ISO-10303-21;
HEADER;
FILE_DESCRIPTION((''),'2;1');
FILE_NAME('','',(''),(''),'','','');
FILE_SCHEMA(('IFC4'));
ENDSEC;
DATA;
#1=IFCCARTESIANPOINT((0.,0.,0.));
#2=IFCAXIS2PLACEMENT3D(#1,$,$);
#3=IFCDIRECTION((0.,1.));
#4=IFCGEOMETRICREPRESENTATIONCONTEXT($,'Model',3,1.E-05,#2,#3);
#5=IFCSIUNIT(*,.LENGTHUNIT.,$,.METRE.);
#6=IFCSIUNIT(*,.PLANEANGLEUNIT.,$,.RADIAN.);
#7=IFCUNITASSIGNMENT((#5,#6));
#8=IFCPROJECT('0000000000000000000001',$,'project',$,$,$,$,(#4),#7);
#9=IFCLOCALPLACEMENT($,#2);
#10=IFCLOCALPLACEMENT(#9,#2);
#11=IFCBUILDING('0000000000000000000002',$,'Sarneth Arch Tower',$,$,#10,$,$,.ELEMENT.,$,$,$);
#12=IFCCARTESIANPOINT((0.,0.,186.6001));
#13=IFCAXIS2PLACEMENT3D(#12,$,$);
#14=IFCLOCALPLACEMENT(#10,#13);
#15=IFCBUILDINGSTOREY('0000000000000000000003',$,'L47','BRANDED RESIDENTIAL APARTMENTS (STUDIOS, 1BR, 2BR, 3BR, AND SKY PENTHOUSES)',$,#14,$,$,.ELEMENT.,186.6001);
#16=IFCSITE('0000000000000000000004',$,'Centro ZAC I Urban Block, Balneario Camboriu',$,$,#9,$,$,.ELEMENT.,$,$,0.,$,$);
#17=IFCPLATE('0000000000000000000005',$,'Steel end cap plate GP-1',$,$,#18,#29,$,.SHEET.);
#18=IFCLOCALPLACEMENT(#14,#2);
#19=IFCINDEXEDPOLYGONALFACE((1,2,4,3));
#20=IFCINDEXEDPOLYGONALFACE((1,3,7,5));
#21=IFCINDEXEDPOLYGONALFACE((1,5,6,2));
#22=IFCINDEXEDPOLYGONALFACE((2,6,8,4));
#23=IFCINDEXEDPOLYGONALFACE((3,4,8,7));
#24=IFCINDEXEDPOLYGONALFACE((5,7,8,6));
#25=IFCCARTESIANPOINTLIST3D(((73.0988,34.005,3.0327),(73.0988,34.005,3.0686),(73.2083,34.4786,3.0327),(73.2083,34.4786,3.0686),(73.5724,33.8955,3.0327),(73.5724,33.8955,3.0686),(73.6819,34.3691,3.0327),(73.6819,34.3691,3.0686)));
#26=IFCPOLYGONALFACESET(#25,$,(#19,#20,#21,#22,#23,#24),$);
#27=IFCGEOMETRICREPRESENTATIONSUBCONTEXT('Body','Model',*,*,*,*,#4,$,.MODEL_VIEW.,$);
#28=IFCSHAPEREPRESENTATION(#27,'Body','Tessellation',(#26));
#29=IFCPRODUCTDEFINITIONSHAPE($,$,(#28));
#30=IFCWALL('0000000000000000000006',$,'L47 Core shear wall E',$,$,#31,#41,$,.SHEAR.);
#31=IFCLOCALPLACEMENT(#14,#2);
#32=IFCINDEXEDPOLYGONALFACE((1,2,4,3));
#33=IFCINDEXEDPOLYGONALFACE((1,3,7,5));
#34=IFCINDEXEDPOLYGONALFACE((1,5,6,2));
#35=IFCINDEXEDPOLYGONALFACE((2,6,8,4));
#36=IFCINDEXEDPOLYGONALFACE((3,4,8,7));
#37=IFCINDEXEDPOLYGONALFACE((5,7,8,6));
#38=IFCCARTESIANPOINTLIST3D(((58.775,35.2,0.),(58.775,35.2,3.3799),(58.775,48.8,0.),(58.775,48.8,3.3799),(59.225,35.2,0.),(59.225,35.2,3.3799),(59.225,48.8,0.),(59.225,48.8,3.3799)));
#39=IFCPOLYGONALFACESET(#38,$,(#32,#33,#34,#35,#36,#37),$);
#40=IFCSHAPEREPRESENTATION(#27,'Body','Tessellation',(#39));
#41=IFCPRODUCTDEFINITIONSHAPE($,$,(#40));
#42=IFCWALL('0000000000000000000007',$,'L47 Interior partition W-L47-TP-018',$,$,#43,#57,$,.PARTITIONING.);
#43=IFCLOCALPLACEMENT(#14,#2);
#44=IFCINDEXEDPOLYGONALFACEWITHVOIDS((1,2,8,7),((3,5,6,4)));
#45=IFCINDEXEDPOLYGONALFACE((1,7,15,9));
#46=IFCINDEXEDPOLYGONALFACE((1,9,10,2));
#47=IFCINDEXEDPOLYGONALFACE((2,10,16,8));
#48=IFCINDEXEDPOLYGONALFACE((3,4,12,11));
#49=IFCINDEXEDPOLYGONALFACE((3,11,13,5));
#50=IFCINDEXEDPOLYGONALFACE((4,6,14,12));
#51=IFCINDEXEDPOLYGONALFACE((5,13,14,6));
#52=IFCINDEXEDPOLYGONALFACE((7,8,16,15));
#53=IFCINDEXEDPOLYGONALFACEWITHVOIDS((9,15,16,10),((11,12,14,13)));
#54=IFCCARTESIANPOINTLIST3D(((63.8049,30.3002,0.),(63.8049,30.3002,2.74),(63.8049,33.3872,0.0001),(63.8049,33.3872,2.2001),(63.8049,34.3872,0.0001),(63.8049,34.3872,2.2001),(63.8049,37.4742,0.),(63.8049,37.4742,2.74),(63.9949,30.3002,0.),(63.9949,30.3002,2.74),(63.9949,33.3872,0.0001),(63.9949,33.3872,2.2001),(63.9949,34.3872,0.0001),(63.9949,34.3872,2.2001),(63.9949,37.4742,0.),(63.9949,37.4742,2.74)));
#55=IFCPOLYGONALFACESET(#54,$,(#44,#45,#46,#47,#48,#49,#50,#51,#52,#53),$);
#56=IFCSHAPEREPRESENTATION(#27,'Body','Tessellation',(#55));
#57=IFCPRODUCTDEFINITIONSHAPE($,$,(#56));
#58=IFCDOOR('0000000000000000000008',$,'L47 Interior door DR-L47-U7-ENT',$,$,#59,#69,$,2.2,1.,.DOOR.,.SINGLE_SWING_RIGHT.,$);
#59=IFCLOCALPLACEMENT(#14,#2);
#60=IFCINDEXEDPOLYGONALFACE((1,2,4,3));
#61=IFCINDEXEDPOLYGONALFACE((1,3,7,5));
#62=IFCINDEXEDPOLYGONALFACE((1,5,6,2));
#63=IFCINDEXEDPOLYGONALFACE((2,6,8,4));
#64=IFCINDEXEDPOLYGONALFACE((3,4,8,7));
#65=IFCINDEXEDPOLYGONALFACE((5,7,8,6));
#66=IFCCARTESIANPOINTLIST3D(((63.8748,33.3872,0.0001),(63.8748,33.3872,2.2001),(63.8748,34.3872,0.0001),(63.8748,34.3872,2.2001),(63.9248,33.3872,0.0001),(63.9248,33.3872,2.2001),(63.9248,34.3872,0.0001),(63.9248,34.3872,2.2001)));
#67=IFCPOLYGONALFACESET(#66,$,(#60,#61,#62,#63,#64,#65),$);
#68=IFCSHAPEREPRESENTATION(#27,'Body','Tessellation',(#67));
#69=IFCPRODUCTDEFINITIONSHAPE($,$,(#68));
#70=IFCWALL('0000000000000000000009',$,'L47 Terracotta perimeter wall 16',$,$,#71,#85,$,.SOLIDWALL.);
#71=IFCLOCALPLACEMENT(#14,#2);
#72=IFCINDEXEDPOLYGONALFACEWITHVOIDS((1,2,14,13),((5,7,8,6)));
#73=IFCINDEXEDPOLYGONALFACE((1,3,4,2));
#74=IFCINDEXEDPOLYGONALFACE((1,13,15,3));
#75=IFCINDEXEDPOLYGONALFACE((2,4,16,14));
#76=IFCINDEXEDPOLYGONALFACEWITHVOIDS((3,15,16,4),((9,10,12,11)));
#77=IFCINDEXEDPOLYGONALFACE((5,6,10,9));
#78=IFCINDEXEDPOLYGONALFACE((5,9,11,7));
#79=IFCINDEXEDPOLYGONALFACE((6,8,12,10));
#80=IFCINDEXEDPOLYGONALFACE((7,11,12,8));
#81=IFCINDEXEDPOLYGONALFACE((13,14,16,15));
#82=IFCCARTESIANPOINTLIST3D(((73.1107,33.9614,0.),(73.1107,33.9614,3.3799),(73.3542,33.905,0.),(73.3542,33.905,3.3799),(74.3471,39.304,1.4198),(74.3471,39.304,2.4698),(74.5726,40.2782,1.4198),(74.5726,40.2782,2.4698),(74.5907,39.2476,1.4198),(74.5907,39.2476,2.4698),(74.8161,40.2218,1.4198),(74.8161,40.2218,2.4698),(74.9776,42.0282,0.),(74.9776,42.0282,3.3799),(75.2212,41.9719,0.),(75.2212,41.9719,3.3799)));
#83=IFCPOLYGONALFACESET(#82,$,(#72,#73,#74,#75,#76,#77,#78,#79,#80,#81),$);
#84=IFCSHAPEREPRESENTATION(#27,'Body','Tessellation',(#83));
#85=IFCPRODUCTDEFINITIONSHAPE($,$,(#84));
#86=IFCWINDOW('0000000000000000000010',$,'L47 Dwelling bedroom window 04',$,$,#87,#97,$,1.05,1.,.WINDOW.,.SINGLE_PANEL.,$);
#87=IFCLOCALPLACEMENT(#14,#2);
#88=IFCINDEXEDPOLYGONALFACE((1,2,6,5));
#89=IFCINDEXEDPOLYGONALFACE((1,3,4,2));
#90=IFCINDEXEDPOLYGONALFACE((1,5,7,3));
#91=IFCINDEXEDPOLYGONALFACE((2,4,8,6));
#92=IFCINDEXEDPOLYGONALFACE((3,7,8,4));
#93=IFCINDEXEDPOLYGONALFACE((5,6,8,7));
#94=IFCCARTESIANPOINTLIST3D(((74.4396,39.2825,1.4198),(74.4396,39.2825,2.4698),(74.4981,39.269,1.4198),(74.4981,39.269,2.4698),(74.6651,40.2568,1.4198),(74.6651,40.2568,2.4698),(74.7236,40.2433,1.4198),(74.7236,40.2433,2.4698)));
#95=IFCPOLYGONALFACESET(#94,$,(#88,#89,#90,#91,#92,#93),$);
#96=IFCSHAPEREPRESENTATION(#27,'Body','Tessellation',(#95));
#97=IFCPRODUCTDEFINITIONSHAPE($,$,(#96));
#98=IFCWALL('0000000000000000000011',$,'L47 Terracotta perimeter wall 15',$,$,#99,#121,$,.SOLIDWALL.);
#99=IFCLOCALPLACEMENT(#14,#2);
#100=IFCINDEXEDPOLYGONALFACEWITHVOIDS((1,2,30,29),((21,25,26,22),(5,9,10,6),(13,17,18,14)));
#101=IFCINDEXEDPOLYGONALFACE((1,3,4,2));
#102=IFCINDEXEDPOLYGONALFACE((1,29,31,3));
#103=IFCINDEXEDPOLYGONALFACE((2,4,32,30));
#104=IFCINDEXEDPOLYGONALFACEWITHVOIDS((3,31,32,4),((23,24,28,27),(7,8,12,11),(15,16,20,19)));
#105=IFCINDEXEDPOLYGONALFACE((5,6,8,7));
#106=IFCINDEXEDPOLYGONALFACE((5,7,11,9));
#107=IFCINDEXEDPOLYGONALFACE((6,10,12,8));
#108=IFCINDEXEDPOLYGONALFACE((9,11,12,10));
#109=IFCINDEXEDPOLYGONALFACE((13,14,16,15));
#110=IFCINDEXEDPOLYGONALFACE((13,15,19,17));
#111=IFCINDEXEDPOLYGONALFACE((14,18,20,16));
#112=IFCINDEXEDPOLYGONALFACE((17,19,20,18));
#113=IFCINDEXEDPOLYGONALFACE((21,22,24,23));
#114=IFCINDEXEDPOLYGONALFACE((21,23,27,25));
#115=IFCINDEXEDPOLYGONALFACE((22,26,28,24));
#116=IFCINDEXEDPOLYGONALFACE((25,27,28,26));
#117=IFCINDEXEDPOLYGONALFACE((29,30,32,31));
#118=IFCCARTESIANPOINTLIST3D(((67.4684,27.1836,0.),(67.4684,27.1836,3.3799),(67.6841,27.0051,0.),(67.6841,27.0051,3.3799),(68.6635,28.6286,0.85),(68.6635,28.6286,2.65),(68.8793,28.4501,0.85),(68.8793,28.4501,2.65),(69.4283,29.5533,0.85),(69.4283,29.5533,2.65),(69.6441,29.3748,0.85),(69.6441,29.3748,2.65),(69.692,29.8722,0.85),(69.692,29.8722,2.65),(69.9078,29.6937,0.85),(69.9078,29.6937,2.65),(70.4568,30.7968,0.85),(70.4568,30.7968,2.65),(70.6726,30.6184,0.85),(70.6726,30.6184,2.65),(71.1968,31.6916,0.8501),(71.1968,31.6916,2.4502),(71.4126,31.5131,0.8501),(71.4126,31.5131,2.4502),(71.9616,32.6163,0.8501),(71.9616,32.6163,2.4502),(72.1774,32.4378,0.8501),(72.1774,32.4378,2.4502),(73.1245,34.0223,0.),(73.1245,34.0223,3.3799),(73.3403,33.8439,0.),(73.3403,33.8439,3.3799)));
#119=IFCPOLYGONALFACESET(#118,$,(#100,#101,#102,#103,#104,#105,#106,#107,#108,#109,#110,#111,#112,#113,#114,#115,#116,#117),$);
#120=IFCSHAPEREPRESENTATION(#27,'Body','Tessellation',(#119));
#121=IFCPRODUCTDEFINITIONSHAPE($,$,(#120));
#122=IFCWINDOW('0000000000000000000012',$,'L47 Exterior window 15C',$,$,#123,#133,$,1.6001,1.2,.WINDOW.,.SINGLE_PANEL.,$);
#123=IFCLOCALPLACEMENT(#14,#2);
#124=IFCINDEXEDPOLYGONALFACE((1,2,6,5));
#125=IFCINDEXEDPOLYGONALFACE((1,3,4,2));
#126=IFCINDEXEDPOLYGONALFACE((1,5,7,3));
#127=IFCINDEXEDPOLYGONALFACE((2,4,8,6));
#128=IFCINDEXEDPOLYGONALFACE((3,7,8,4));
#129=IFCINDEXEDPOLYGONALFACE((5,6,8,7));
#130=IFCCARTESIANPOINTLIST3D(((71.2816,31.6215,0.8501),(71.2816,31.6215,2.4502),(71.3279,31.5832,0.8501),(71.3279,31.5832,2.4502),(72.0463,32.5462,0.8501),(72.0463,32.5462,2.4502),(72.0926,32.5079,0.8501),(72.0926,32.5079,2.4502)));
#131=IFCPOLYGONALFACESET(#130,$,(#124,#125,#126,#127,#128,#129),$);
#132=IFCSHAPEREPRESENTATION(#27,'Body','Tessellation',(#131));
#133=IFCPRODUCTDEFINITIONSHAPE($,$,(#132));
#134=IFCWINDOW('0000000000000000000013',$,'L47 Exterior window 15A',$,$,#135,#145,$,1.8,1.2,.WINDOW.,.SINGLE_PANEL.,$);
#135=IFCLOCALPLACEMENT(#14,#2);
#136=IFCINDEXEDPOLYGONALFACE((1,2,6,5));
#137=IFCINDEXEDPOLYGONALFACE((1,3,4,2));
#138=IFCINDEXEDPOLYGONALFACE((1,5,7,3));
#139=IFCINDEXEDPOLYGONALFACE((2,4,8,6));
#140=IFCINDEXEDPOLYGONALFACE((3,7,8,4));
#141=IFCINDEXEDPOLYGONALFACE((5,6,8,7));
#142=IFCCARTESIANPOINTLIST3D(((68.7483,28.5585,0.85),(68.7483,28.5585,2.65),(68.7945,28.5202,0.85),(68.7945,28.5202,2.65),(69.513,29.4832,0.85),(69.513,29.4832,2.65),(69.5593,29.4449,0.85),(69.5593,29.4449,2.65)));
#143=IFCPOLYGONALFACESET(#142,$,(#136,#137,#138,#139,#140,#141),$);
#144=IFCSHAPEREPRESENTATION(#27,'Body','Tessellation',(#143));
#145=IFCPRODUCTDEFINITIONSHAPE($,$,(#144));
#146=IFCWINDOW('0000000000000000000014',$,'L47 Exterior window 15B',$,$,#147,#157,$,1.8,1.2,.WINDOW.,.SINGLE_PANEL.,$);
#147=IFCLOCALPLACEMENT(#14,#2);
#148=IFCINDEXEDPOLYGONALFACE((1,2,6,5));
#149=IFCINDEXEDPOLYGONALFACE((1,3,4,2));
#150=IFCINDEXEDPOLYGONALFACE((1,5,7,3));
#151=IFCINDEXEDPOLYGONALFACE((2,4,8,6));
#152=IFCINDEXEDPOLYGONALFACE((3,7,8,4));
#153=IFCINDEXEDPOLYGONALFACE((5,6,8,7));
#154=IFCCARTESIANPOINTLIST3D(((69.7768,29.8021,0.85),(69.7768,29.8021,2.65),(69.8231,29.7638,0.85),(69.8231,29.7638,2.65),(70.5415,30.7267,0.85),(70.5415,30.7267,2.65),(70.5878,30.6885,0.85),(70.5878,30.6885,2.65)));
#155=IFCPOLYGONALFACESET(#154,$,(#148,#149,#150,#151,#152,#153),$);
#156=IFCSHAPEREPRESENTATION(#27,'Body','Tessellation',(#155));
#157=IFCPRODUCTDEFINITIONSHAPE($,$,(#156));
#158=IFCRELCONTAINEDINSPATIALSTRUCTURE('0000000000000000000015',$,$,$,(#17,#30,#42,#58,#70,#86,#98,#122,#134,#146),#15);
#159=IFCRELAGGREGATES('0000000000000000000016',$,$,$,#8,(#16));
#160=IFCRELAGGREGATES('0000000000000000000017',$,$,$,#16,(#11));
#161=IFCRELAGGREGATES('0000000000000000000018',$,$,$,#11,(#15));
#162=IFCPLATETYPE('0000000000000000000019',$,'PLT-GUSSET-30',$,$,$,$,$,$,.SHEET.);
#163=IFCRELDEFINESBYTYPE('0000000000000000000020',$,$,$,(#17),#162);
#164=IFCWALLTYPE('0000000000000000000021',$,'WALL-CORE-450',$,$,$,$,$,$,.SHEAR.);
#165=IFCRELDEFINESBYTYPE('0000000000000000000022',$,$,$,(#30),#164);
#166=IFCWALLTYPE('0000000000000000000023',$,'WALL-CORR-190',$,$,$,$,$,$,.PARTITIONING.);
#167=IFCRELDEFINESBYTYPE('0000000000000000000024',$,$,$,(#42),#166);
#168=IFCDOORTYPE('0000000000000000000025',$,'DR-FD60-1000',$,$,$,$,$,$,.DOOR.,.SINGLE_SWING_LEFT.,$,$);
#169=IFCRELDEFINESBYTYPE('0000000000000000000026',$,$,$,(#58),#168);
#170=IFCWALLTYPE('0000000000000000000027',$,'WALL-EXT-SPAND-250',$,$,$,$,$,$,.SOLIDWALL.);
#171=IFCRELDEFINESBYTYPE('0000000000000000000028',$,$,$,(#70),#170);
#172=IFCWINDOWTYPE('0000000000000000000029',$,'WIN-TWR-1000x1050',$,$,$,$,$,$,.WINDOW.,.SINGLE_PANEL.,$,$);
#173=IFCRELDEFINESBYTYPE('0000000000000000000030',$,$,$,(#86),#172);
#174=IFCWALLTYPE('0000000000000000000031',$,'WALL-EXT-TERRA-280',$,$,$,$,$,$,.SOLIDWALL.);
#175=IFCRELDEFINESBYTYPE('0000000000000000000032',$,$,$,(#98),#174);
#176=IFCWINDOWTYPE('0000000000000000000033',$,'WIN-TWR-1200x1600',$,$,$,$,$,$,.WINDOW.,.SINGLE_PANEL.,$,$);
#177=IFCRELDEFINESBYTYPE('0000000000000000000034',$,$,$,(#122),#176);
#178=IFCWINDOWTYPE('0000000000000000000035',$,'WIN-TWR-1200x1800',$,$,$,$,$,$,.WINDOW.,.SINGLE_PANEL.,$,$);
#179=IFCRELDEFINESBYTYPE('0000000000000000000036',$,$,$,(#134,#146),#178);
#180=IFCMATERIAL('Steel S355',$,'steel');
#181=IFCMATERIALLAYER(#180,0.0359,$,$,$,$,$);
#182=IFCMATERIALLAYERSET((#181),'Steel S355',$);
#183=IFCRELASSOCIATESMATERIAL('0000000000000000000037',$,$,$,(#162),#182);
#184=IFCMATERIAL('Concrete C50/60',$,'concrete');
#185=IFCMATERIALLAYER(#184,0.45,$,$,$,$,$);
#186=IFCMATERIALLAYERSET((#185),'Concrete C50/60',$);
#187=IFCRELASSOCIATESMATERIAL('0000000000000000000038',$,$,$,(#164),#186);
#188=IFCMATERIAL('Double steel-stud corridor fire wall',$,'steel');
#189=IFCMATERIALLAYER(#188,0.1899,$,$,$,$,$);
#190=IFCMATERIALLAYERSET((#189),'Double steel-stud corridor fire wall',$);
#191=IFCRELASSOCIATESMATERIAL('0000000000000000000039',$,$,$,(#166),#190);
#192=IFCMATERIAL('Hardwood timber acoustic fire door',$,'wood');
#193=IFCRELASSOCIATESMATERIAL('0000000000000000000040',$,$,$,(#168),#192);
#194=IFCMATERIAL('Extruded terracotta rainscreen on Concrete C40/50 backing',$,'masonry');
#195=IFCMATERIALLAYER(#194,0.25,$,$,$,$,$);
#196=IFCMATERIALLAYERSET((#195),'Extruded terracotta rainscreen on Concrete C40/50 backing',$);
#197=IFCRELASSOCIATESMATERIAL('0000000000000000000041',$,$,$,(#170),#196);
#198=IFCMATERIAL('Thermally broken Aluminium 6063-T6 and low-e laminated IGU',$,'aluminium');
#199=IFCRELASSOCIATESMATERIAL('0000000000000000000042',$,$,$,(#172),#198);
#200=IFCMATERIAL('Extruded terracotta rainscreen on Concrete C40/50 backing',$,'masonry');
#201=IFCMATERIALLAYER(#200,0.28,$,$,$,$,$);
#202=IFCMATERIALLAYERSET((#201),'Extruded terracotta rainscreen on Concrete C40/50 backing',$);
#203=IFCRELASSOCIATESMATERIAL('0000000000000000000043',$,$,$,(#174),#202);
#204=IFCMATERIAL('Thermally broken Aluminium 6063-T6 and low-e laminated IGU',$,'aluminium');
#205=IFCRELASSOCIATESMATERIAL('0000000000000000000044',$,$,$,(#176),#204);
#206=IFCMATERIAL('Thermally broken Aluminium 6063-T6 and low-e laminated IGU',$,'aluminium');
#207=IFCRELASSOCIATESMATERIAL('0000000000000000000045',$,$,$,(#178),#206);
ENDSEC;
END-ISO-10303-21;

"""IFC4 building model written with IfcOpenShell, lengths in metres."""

from ifc_helpers import new_model, si_unit, direction, frame, frame_2d, origin, origin_2d, place, context, subcontext, project, spatial, rectangle, extrude, material, layer, layer_set, type_object, element, fill, save


model = new_model("IFC4")

# Units and contexts
model_context = context("Model", 3, precision=1e-05, world=origin(), true_north=direction((0.0, 1.0)))
body_context = subcontext(model_context, "Body", "Model", "MODEL_VIEW")
ifc_project = project(units=[si_unit("LENGTHUNIT", "METRE"), si_unit("PLANEANGLEUNIT", "RADIAN")], contexts=[model_context])

# Site, building, storey
site_placement = place(None, origin())
site = spatial("IfcSite", under=ifc_project, at=site_placement, Name="Centro ZAC I Urban Block, Balneario Camboriu", CompositionType="ELEMENT", RefElevation=0.0)
building_placement = place(site_placement, origin())
building = spatial("IfcBuilding", under=site, at=building_placement, Name="Sarneth Arch Tower", CompositionType="ELEMENT")
storey_placement = place(building_placement, frame((0.0, 0.0, 186.6001)))
storey = spatial("IfcBuildingStorey", under=building, at=storey_placement, Name="L47", Description="BRANDED RESIDENTIAL APARTMENTS (STUDIOS, 1BR, 2BR, 3BR, AND SKY PENTHOUSES)", CompositionType="ELEMENT", Elevation=186.6001)

# Plate
ifc_material_1 = material(Name="Steel S355", Category="steel")
ifc_layer_1 = layer(ifc_material_1, 0.0359)
ifc_layer_set_1 = layer_set([ifc_layer_1], Name="Steel S355")
plate_type = type_object("IfcPlateType", Name="PLT-GUSSET-30", PredefinedType="SHEET", material=ifc_layer_set_1)
plate_placement = place(storey_placement, frame((73.3904, 34.187, 3.0327), z_axis=(0.0, 0.0, 1.0), x_axis=(0.225291, 0.974291, 0.0)))
element("IfcPlate", 1, at=plate_placement, inside=storey, type_object=plate_type, Name="Steel end cap plate GP-1", PredefinedType="SHEET", context=body_context, shape_type="SweptSolid", body=[
    extrude(rectangle(XDim=0.4861, YDim=0.4861, at=origin_2d()), origin(), (0.0, 0.0, 1.0), 0.0359),
])

# Wall
ifc_material_2 = material(Name="Concrete C50/60", Category="concrete")
ifc_layer_2 = layer(ifc_material_2, 0.45)
ifc_layer_set_2 = layer_set([ifc_layer_2], Name="Concrete C50/60")
wall_type_1 = type_object("IfcWallType", Name="WALL-CORE-450", PredefinedType="SHEAR", material=ifc_layer_set_2)
wall_1_placement = place(storey_placement, frame((59.0, 35.2, 0.0), z_axis=(0.0, 0.0, 1.0), x_axis=(0.0, 1.0, 0.0)))
element("IfcWall", 2, at=wall_1_placement, inside=storey, type_object=wall_type_1, Name="L47 Core shear wall E", PredefinedType="SHEAR", context=body_context, shape_type="SweptSolid", body=[
    extrude(rectangle(XDim=13.6001, YDim=0.45, at=frame_2d((6.8, 0.0))), origin(), (0.0, 0.0, 1.0), 3.3799),
])

# Wall, opening, door
ifc_material_3 = material(Name="Double steel-stud corridor fire wall", Category="steel")
ifc_layer_3 = layer(ifc_material_3, 0.1899)
ifc_layer_set_3 = layer_set([ifc_layer_3], Name="Double steel-stud corridor fire wall")
wall_type_2 = type_object("IfcWallType", Name="WALL-CORR-190", PredefinedType="PARTITIONING", material=ifc_layer_set_3)
wall_2_placement = place(storey_placement, frame((63.8999, 37.4741, 0.0), z_axis=(0.0, 0.0, 1.0), x_axis=(0.0, -1.0, 0.0)))
wall_2 = element("IfcWall", 3, at=wall_2_placement, inside=storey, type_object=wall_type_2, Name="L47 Interior partition W-L47-TP-018", PredefinedType="PARTITIONING", context=body_context, shape_type="SweptSolid", body=[
    extrude(rectangle(XDim=7.1741, YDim=0.1899, at=frame_2d((3.5869, 0.0))), origin(), (0.0, 0.0, 1.0), 2.74),
])
opening_1_placement = place(wall_2_placement, frame((3.0869, 0.0, 0.0)))
opening_1 = element("IfcOpeningElement", 4, at=opening_1_placement, cuts=wall_2, PredefinedType="OPENING", context=body_context, shape_type="SweptSolid", body=[
    extrude(rectangle(XDim=1.0, YDim=2.2, at=frame_2d((0.5, 1.1001))), frame((0.0, 0.105, 0.0), z_axis=(0.0, -1.0, 0.0), x_axis=(1.0, 0.0, 0.0)), (0.0, 0.0, 1.0), 0.21),
])
ifc_material_4 = material(Name="Hardwood timber acoustic fire door", Category="wood")
door_type_1 = type_object("IfcDoorType", Name="DR-FD60-1000", OperationType="SINGLE_SWING_LEFT", PredefinedType="DOOR", material=ifc_material_4)
door_1_placement = place(opening_1_placement, origin())
door_1 = element("IfcDoor", 5, at=door_1_placement, inside=storey, type_object=door_type_1, Name="L47 Interior door DR-L47-U7-ENT", OperationType="SINGLE_SWING_RIGHT", OverallHeight=2.2, OverallWidth=1.0, PredefinedType="DOOR", context=body_context, shape_type="SweptSolid", body=[
    extrude(rectangle(XDim=1.0, YDim=2.2, at=frame_2d((0.5, 1.1001))), frame((0.0, 0.0249, 0.0), z_axis=(0.0, -1.0, 0.0), x_axis=(1.0, 0.0, 0.0)), (0.0, 0.0, 1.0), 0.05),
])
fill(opening_1, door_1)

# Wall, opening, window
ifc_material_5 = material(Name="Extruded terracotta rainscreen on Concrete C40/50 backing", Category="masonry")
ifc_layer_4 = layer(ifc_material_5, 0.25)
ifc_layer_set_4 = layer_set([ifc_layer_4], Name="Extruded terracotta rainscreen on Concrete C40/50 backing")
wall_type_3 = type_object("IfcWallType", Name="WALL-EXT-SPAND-250", PredefinedType="SOLIDWALL", material=ifc_layer_set_4)
wall_3_placement = place(storey_placement, frame((73.2324, 33.9331, 0.0), z_axis=(0.0, 0.0, 1.0), x_axis=(0.225473, 0.974249, 0.0)))
wall_3 = element("IfcWall", 6, at=wall_3_placement, inside=storey, type_object=wall_type_3, Name="L47 Terracotta perimeter wall 16", PredefinedType="SOLIDWALL", context=body_context, shape_type="SweptSolid", body=[
    extrude(rectangle(XDim=8.28, YDim=0.25, at=frame_2d((4.1401, 0.0))), origin(), (0.0, 0.0, 1.0), 3.3799),
])
opening_2_placement = place(wall_3_placement, frame((5.4839, 0.0, 1.4199)))
opening_2 = element("IfcOpeningElement", 7, at=opening_2_placement, cuts=wall_3, PredefinedType="OPENING", context=body_context, shape_type="SweptSolid", body=[
    extrude(rectangle(XDim=1.0, YDim=1.05, at=frame_2d((0.5, 0.5249))), frame((0.0, 0.135, 0.0), z_axis=(0.0, -1.0, 0.0), x_axis=(1.0, 0.0, 0.0)), (0.0, 0.0, 1.0), 0.27),
])
ifc_material_6 = material(Name="Thermally broken Aluminium 6063-T6 and low-e laminated IGU", Category="aluminium")
window_type_1 = type_object("IfcWindowType", Name="WIN-TWR-1000x1050", PartitioningType="SINGLE_PANEL", PredefinedType="WINDOW", material=ifc_material_6)
window_1_placement = place(opening_2_placement, origin())
window_1 = element("IfcWindow", 8, at=window_1_placement, inside=storey, type_object=window_type_1, Name="L47 Dwelling bedroom window 04", OverallHeight=1.05, OverallWidth=1.0, PartitioningType="SINGLE_PANEL", PredefinedType="WINDOW", context=body_context, shape_type="SweptSolid", body=[
    extrude(rectangle(XDim=1.0, YDim=1.05, at=frame_2d((0.5, 0.5249))), frame((0.0, 0.03, 0.0), z_axis=(0.0, -1.0, 0.0), x_axis=(1.0, 0.0, 0.0)), (0.0, 0.0, 1.0), 0.0601),
])
fill(opening_2, window_1)

# Wall, openings, windows
ifc_material_7 = material(Name="Extruded terracotta rainscreen on Concrete C40/50 backing", Category="masonry")
ifc_layer_5 = layer(ifc_material_7, 0.28)
ifc_layer_set_5 = layer_set([ifc_layer_5], Name="Extruded terracotta rainscreen on Concrete C40/50 backing")
wall_type_4 = type_object("IfcWallType", Name="WALL-EXT-TERRA-280", PredefinedType="SOLIDWALL", material=ifc_layer_set_5)
wall_4_placement = place(storey_placement, frame((67.5762, 27.0942, 0.0), z_axis=(0.0, 0.0, 1.0), x_axis=(0.637333, 0.770588, 0.0)))
wall_4 = element("IfcWall", 9, at=wall_4_placement, inside=storey, type_object=wall_type_4, Name="L47 Terracotta perimeter wall 15", PredefinedType="SOLIDWALL", context=body_context, shape_type="SweptSolid", body=[
    extrude(rectangle(XDim=8.8748, YDim=0.28, at=frame_2d((4.4375, 0.0))), origin(), (0.0, 0.0, 1.0), 3.3799),
])
opening_3_placement = place(wall_4_placement, frame((1.8752, 0.0, 0.8501)))
opening_3 = element("IfcOpeningElement", 10, at=opening_3_placement, cuts=wall_4, PredefinedType="OPENING", context=body_context, shape_type="SweptSolid", body=[
    extrude(rectangle(XDim=1.2, YDim=1.8, at=frame_2d((0.6001, 0.8999))), frame((0.0, 0.1499, 0.0), z_axis=(0.0, -1.0, 0.0), x_axis=(1.0, 0.0, 0.0)), (0.0, 0.0, 1.0), 0.3),
])
opening_4_placement = place(wall_4_placement, frame((3.489, 0.0, 0.8501)))
opening_4 = element("IfcOpeningElement", 11, at=opening_4_placement, cuts=wall_4, PredefinedType="OPENING", context=body_context, shape_type="SweptSolid", body=[
    extrude(rectangle(XDim=1.2, YDim=1.8, at=frame_2d((0.6001, 0.8999))), frame((0.0, 0.1499, 0.0), z_axis=(0.0, -1.0, 0.0), x_axis=(1.0, 0.0, 0.0)), (0.0, 0.0, 1.0), 0.3),
])
opening_5_placement = place(wall_4_placement, frame((5.8501, 0.0, 0.8501)))
opening_5 = element("IfcOpeningElement", 12, at=opening_5_placement, cuts=wall_4, PredefinedType="OPENING", context=body_context, shape_type="SweptSolid", body=[
    extrude(rectangle(XDim=1.2, YDim=1.6001, at=frame_2d((0.6001, 0.8))), frame((0.0, 0.1499, 0.0), z_axis=(0.0, -1.0, 0.0), x_axis=(1.0, 0.0, 0.0)), (0.0, 0.0, 1.0), 0.3),
])
ifc_material_8 = material(Name="Thermally broken Aluminium 6063-T6 and low-e laminated IGU", Category="aluminium")
window_type_2 = type_object("IfcWindowType", Name="WIN-TWR-1200x1600", PartitioningType="SINGLE_PANEL", PredefinedType="WINDOW", material=ifc_material_8)
window_2_placement = place(opening_5_placement, origin())
window_2 = element("IfcWindow", 13, at=window_2_placement, inside=storey, type_object=window_type_2, Name="L47 Exterior window 15C", OverallHeight=1.6001, OverallWidth=1.2, PartitioningType="SINGLE_PANEL", PredefinedType="WINDOW", context=body_context, shape_type="SweptSolid", body=[
    extrude(rectangle(XDim=1.2, YDim=1.6001, at=frame_2d((0.6001, 0.8))), frame((0.0, 0.03, 0.0), z_axis=(0.0, -1.0, 0.0), x_axis=(1.0, 0.0, 0.0)), (0.0, 0.0, 1.0), 0.0601),
])
fill(opening_5, window_2)
ifc_material_9 = material(Name="Thermally broken Aluminium 6063-T6 and low-e laminated IGU", Category="aluminium")
window_type_3 = type_object("IfcWindowType", Name="WIN-TWR-1200x1800", PartitioningType="SINGLE_PANEL", PredefinedType="WINDOW", material=ifc_material_9)
window_3_placement = place(opening_3_placement, origin())
window_3 = element("IfcWindow", 14, at=window_3_placement, inside=storey, type_object=window_type_3, Name="L47 Exterior window 15A", OverallHeight=1.8, OverallWidth=1.2, PartitioningType="SINGLE_PANEL", PredefinedType="WINDOW", context=body_context, shape_type="SweptSolid", body=[
    extrude(rectangle(XDim=1.2, YDim=1.8, at=frame_2d((0.6001, 0.8999))), frame((0.0, 0.03, 0.0), z_axis=(0.0, -1.0, 0.0), x_axis=(1.0, 0.0, 0.0)), (0.0, 0.0, 1.0), 0.0601),
])
fill(opening_3, window_3)
window_4_placement = place(opening_4_placement, origin())
window_4 = element("IfcWindow", 15, at=window_4_placement, inside=storey, type_object=window_type_3, Name="L47 Exterior window 15B", OverallHeight=1.8, OverallWidth=1.2, PartitioningType="SINGLE_PANEL", PredefinedType="WINDOW", context=body_context, shape_type="SweptSolid", body=[
    extrude(rectangle(XDim=1.2, YDim=1.8, at=frame_2d((0.6001, 0.8999))), frame((0.0, 0.03, 0.0), z_axis=(0.0, -1.0, 0.0), x_axis=(1.0, 0.0, 0.0)), (0.0, 0.0, 1.0), 0.0601),
])
fill(opening_4, window_4)

save(model, "model.ifc")
